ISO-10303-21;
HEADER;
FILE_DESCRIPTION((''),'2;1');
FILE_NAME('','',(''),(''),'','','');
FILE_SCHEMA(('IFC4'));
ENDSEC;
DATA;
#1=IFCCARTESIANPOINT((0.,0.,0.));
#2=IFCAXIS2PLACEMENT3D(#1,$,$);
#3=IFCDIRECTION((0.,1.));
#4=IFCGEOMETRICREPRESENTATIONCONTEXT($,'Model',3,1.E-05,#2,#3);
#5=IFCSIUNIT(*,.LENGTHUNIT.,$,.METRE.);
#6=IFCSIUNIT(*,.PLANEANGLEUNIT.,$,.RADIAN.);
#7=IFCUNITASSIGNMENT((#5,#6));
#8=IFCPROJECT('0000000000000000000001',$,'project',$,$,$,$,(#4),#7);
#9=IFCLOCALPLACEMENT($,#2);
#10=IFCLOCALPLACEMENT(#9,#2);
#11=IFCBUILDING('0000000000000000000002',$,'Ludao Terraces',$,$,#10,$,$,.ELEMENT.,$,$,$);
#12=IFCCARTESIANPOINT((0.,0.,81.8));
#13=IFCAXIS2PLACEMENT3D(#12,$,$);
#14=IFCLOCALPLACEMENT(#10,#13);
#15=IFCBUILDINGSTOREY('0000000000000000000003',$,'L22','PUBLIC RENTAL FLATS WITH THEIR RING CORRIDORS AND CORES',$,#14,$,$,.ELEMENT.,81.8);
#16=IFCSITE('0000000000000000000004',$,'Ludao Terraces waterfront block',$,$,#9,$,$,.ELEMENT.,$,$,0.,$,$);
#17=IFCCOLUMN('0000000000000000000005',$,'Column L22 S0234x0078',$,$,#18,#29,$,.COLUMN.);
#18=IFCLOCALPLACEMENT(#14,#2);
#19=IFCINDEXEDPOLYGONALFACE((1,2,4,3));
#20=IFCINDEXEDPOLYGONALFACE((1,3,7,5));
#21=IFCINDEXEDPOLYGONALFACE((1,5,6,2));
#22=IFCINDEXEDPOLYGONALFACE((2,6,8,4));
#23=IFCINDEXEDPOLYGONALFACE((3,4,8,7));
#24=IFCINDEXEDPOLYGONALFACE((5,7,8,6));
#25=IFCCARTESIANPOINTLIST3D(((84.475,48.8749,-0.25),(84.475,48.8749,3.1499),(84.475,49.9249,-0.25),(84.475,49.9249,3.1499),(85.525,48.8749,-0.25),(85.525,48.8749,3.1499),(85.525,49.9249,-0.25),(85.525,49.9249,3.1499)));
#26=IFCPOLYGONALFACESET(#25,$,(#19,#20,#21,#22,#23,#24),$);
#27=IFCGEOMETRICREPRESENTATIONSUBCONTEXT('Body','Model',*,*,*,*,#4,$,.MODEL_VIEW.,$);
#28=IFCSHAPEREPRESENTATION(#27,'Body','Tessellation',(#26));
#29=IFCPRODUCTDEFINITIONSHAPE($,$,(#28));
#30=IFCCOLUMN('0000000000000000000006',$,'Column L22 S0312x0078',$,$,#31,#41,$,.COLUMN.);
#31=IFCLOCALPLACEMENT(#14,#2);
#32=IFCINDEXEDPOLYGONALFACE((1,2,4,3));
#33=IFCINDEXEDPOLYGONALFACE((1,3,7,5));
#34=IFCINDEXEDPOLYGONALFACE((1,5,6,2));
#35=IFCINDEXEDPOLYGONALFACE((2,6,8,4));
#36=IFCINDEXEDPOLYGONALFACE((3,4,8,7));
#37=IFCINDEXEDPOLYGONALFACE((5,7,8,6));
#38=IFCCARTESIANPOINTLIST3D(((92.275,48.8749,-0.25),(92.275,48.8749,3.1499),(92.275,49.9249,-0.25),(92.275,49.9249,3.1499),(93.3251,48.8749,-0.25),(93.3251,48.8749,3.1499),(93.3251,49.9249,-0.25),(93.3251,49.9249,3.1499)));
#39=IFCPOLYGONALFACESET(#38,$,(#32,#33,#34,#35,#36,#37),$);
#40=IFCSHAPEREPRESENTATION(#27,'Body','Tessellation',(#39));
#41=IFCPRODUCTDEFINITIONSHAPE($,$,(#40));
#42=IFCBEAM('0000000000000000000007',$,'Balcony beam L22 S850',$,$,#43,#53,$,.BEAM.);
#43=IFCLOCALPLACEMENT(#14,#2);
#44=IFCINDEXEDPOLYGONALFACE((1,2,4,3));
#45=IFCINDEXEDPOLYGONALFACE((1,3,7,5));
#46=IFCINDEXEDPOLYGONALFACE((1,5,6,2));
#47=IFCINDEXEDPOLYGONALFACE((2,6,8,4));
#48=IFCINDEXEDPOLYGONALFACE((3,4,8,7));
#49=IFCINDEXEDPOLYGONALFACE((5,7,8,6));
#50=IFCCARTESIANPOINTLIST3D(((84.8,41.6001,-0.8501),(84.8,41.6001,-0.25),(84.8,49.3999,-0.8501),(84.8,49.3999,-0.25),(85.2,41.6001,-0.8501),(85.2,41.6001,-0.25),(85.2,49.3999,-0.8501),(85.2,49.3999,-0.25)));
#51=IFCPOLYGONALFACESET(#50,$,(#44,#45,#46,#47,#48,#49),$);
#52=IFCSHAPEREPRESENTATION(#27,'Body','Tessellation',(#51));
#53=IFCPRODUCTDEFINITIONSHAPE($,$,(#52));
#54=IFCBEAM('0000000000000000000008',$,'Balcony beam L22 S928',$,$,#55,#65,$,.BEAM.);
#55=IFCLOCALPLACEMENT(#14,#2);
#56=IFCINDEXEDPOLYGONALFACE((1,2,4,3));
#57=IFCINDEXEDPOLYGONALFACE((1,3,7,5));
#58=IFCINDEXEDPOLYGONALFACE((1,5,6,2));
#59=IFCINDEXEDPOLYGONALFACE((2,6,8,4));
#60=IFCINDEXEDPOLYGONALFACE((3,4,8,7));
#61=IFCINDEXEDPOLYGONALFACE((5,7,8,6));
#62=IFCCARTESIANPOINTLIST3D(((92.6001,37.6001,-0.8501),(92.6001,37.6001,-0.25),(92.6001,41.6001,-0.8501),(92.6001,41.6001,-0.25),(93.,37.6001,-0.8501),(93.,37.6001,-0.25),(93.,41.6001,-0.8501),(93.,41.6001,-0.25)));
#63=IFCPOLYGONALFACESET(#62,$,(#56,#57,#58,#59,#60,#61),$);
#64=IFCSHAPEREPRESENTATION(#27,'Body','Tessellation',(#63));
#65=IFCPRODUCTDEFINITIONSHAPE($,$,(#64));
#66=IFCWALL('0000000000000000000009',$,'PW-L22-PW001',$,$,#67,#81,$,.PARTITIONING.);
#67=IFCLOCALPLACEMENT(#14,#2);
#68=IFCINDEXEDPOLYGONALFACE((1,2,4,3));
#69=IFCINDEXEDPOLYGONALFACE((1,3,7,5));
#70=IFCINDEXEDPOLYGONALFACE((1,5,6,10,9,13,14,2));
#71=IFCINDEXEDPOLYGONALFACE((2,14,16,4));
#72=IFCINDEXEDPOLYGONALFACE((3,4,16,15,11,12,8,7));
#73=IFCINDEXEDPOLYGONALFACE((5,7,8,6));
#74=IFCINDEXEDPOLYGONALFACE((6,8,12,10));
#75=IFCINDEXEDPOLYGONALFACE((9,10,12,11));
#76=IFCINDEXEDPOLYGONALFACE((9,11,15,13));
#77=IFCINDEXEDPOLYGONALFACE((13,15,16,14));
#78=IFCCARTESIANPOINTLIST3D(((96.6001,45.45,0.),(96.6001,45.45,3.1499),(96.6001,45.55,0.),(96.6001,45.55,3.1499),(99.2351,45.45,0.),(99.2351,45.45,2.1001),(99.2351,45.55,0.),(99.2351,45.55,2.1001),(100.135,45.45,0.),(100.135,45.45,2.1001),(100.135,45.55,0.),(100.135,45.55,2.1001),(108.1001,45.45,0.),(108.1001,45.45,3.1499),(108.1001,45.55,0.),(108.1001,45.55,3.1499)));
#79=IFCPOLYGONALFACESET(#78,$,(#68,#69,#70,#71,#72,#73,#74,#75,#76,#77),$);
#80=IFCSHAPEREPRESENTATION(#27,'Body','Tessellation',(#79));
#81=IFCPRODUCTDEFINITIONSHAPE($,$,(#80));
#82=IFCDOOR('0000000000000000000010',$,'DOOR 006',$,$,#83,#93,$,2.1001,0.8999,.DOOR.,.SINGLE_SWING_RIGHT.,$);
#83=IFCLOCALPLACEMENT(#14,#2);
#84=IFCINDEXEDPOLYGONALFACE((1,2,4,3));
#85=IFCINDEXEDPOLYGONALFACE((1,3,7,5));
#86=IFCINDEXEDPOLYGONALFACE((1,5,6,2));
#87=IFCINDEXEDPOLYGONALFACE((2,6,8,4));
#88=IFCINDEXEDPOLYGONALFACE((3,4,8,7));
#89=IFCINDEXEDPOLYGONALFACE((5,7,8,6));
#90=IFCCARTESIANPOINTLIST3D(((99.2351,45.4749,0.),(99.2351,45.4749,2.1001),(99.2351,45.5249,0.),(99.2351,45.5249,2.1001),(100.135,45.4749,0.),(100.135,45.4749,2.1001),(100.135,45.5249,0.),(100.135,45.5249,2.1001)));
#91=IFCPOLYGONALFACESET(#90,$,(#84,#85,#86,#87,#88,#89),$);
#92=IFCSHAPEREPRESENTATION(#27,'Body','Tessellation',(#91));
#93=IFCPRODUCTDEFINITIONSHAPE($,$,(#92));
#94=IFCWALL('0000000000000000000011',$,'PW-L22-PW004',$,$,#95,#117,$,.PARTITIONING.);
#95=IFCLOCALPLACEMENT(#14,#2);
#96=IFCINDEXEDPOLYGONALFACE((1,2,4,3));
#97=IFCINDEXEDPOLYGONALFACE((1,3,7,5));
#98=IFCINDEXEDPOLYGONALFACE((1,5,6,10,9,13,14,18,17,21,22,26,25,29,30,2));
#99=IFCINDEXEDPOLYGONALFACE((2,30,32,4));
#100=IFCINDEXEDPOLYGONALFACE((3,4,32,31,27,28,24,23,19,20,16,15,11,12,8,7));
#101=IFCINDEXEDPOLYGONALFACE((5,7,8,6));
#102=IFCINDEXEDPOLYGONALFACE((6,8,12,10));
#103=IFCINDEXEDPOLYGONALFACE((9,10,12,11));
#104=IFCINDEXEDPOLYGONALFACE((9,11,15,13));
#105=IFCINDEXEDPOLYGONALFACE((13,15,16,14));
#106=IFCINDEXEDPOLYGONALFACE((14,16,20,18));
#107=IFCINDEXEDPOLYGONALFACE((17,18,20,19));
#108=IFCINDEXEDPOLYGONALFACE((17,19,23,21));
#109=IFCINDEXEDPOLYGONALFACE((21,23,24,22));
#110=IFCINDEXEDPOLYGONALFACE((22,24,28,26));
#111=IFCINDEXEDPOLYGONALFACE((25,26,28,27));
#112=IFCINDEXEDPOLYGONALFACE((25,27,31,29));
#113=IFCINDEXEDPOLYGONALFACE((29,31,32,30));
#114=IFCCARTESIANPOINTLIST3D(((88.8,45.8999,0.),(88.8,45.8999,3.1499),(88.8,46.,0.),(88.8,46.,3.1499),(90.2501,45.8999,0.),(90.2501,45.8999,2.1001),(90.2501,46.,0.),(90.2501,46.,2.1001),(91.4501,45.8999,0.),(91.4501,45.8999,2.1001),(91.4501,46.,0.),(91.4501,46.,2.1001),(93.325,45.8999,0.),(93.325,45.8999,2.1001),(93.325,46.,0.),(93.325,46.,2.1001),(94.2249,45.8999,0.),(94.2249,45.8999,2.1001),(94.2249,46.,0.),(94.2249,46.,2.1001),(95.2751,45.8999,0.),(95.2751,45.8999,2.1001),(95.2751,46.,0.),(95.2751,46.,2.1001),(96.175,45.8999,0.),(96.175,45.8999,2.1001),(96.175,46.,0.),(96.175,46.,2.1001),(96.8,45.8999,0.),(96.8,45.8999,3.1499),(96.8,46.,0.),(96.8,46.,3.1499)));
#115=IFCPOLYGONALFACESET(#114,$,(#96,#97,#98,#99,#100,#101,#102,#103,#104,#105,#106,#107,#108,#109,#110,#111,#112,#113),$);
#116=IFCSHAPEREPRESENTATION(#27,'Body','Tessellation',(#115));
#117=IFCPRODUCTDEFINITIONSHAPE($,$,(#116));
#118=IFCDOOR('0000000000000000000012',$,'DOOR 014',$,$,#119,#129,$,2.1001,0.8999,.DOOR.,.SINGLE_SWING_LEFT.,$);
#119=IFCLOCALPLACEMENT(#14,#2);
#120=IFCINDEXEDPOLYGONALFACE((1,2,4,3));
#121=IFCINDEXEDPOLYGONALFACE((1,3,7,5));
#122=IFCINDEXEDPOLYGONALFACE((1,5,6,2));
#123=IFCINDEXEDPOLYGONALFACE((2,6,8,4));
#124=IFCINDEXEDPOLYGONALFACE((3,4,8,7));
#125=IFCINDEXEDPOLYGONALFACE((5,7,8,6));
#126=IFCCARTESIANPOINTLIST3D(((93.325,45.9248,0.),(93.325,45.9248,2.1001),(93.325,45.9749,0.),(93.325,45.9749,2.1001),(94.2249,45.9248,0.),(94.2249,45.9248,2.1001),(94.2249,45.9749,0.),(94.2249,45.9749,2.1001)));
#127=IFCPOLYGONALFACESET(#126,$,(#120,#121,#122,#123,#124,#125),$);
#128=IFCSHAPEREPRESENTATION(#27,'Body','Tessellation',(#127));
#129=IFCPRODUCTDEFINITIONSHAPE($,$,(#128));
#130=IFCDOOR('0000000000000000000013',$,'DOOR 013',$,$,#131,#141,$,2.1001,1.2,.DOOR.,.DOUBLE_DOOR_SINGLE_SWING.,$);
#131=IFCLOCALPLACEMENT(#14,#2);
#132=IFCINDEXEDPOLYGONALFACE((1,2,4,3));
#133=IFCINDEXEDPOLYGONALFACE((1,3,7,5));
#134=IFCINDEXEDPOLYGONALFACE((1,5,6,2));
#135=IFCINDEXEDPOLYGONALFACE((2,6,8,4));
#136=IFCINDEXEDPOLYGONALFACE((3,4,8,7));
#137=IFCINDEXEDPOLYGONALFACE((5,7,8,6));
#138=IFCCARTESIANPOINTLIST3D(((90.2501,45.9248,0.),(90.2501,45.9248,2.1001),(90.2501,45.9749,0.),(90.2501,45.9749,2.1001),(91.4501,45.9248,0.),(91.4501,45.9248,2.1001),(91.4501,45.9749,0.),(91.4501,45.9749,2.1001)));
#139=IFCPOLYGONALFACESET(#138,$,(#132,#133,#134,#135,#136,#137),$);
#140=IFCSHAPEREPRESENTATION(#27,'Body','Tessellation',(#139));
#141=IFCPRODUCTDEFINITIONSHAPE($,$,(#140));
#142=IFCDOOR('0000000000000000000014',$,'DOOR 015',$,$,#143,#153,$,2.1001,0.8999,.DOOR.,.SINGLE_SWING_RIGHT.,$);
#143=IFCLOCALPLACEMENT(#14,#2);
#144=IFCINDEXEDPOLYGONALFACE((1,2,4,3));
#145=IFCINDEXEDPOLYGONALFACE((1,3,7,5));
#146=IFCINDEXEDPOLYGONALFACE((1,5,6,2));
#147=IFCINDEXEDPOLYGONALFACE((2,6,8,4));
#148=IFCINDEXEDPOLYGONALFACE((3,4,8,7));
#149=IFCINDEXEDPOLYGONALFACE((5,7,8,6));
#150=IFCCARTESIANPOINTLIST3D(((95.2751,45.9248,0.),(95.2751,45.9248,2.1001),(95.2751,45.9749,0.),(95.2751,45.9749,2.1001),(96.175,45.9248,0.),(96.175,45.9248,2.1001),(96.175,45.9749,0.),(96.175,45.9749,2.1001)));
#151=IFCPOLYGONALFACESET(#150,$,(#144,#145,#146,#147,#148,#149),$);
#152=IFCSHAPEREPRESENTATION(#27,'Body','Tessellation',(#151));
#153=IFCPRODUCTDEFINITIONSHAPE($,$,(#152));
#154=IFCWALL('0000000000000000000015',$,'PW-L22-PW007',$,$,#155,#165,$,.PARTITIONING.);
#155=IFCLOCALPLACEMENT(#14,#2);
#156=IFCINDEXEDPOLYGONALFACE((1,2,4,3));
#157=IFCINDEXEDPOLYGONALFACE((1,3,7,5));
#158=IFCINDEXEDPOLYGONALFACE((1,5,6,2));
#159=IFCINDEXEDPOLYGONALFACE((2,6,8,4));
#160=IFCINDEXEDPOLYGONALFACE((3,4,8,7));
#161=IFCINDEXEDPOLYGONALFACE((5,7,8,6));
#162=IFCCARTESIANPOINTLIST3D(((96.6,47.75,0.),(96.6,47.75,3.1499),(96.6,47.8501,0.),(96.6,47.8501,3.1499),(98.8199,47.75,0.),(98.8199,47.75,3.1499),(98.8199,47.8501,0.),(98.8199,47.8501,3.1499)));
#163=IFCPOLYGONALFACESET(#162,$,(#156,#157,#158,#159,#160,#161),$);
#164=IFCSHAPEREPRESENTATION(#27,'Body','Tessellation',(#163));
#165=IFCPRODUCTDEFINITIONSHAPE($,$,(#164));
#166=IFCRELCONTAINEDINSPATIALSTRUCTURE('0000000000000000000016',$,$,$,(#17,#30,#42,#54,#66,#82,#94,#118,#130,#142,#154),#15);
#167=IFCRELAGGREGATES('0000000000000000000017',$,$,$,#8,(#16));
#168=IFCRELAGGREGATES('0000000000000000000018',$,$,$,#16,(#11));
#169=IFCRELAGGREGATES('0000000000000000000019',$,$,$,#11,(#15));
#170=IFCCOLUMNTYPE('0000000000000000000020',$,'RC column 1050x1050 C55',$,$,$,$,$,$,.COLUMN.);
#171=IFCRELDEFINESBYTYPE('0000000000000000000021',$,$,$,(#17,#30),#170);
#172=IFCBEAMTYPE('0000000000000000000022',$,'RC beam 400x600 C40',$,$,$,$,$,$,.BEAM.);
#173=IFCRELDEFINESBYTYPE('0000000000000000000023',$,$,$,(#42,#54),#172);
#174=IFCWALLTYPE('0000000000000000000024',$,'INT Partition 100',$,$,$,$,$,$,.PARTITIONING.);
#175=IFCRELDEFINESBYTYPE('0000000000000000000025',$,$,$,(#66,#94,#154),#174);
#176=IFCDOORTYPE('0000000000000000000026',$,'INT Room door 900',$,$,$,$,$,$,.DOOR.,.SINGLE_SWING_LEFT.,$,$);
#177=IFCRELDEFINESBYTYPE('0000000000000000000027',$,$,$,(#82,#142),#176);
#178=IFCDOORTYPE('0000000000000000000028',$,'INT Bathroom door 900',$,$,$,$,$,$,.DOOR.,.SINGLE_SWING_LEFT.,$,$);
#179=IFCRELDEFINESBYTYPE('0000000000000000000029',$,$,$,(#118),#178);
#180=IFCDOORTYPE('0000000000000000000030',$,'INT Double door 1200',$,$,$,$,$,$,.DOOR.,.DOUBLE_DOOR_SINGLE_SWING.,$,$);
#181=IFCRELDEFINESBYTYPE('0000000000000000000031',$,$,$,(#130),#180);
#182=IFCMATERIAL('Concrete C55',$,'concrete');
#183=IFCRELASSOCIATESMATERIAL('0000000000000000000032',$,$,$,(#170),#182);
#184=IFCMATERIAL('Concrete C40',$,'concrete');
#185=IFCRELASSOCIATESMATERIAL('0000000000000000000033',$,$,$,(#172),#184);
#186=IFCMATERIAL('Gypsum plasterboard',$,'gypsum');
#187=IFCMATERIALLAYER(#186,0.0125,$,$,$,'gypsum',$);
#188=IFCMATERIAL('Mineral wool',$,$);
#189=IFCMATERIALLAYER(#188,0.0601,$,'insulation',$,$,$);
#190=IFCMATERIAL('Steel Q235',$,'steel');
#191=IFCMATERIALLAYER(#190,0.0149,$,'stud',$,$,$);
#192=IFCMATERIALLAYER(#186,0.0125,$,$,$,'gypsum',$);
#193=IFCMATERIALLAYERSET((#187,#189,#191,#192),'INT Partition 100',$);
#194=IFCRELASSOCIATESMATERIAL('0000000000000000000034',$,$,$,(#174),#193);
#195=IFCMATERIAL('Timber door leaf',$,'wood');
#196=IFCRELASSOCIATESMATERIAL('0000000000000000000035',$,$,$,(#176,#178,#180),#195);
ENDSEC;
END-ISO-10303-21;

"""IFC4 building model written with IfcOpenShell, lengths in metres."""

from ifc_helpers import new_model, si_unit, direction, frame, frame_2d, origin, origin_2d, place, context, subcontext, project, spatial, rectangle, extrude, material, layer, layer_set, material_profile, profile_set, type_object, element, fill, save


model = new_model("IFC4")

# Units and contexts
model_context = context("Model", 3, precision=1e-05, world=origin(), true_north=direction((0.0, 1.0)))
body_context = subcontext(model_context, "Body", "Model", "MODEL_VIEW")
ifc_project = project(units=[si_unit("LENGTHUNIT", "METRE"), si_unit("PLANEANGLEUNIT", "RADIAN")], contexts=[model_context])

# Site, building, storey
site_placement = place(None, origin())
site = spatial("IfcSite", under=ifc_project, at=site_placement, Name="Ludao Terraces waterfront block", CompositionType="ELEMENT", RefElevation=0.0)
building_placement = place(site_placement, origin())
building = spatial("IfcBuilding", under=site, at=building_placement, Name="Ludao Terraces", CompositionType="ELEMENT")
storey_placement = place(building_placement, frame((0.0, 0.0, 81.8)))
storey = spatial("IfcBuildingStorey", under=building, at=storey_placement, Name="L22", Description="PUBLIC RENTAL FLATS WITH THEIR RING CORRIDORS AND CORES", CompositionType="ELEMENT", Elevation=81.8)

# Columns
ifc_material_1 = material(Name="Concrete C55", Category="concrete")
ifc_material_profile_1 = material_profile(ifc_material_1, rectangle(XDim=1.05, YDim=1.05, at=origin_2d()), Name="1050 X 1050")
ifc_profile_set_1 = profile_set([ifc_material_profile_1], Name="Concrete C55")
column_type = type_object("IfcColumnType", Name="RC column 1050x1050 C55", PredefinedType="COLUMN", material=ifc_profile_set_1)
for number, where, z_axis, x_axis, name in (
    (1, (85.0, 49.3999, -0.25), (0.0, 0.0, 1.0), (1.0, 0.0, 0.0), "Column L22 S0234x0078"),
    (2, (92.8, 49.3999, -0.25), (0.0, 0.0, 1.0), (1.0, 0.0, 0.0), "Column L22 S0312x0078"),
):
    element("IfcColumn", number, at=place(storey_placement, frame(where, z_axis=z_axis, x_axis=x_axis)), inside=storey, type_object=column_type, Name=name, PredefinedType="COLUMN", context=body_context, shape_type="SweptSolid", body=[
        extrude(rectangle(XDim=1.05, YDim=1.05, at=origin_2d()), origin(), (0.0, 0.0, 1.0), 3.3999),
    ])

# Beams
ifc_material_2 = material(Name="Concrete C40", Category="concrete")
ifc_material_profile_2 = material_profile(ifc_material_2, rectangle(XDim=0.3999, YDim=0.6001, at=origin_2d()), Name="400 X 600")
ifc_profile_set_2 = profile_set([ifc_material_profile_2], Name="Concrete C40")
beam_type = type_object("IfcBeamType", Name="RC beam 400x600 C40", PredefinedType="BEAM", material=ifc_profile_set_2)
beam_1_placement = place(storey_placement, frame((85.0, 49.3999, -0.55), z_axis=(0.0, -1.0, 0.0), x_axis=(1.0, 0.0, 0.0)))
element("IfcBeam", 3, at=beam_1_placement, inside=storey, type_object=beam_type, Name="Balcony beam L22 S850", PredefinedType="BEAM", context=body_context, shape_type="SweptSolid", body=[
    extrude(rectangle(XDim=0.3999, YDim=0.6001, at=origin_2d()), origin(), (0.0, 0.0, 1.0), 7.7998),
])
beam_2_placement = place(storey_placement, frame((92.8, 41.6001, -0.55), z_axis=(0.0, -1.0, 0.0), x_axis=(1.0, 0.0, 0.0)))
element("IfcBeam", 4, at=beam_2_placement, inside=storey, type_object=beam_type, Name="Balcony beam L22 S928", PredefinedType="BEAM", context=body_context, shape_type="SweptSolid", body=[
    extrude(rectangle(XDim=0.3999, YDim=0.6001, at=origin_2d()), origin(), (0.0, 0.0, 1.0), 4.0),
])

# Shared definitions
ifc_material_3 = material(Name="Mineral wool")

# Wall, opening, door
ifc_material_4 = material(Name="Gypsum plasterboard", Category="gypsum")
ifc_layer_1 = layer(ifc_material_4, 0.0125, Category="gypsum")
ifc_layer_2 = layer(ifc_material_3, 0.0601, Name="insulation")
ifc_material_5 = material(Name="Steel Q235", Category="steel")
ifc_layer_3 = layer(ifc_material_5, 0.0149, Name="stud")
ifc_layer_4 = layer(ifc_material_4, 0.0125, Category="gypsum")
ifc_layer_set_1 = layer_set([ifc_layer_1, ifc_layer_2, ifc_layer_3, ifc_layer_4], Name="INT Partition 100")
wall_type_1 = type_object("IfcWallType", Name="INT Partition 100", PredefinedType="PARTITIONING", material=ifc_layer_set_1)
wall_1_placement = place(storey_placement, frame((96.6001, 45.5, 0.0), z_axis=(0.0, 0.0, 1.0), x_axis=(1.0, 0.0, 0.0)))
wall_1 = element("IfcWall", 5, at=wall_1_placement, inside=storey, type_object=wall_type_1, Name="PW-L22-PW001", PredefinedType="PARTITIONING", context=body_context, shape_type="SweptSolid", body=[
    extrude(rectangle(XDim=11.5, YDim=0.1001, at=frame_2d((5.75, 0.0))), origin(), (0.0, 0.0, 1.0), 3.1499),
])
opening_1_placement = place(wall_1_placement, frame((2.635, 0.0, 0.0)))
opening_1 = element("IfcOpeningElement", 6, at=opening_1_placement, cuts=wall_1, PredefinedType="OPENING", context=body_context, shape_type="SweptSolid", body=[
    extrude(rectangle(XDim=0.8999, YDim=2.1001, at=frame_2d((0.45, 1.05))), frame((0.0, 0.0601, 0.0), z_axis=(0.0, -1.0, 0.0), x_axis=(1.0, 0.0, 0.0)), (0.0, 0.0, 1.0), 0.1201),
])
ifc_material_6 = material(Name="Timber door leaf", Category="wood")
door_type_1 = type_object("IfcDoorType", Name="INT Room door 900", OperationType="SINGLE_SWING_LEFT", PredefinedType="DOOR", material=ifc_material_6)
door_1_placement = place(opening_1_placement, origin())
door_1 = element("IfcDoor", 7, at=door_1_placement, inside=storey, type_object=door_type_1, Name="DOOR 006", OperationType="SINGLE_SWING_RIGHT", OverallHeight=2.1001, OverallWidth=0.8999, PredefinedType="DOOR", context=body_context, shape_type="SweptSolid", body=[
    extrude(rectangle(XDim=0.8999, YDim=2.1001, at=frame_2d((0.45, 1.05))), frame((0.0, 0.0249, 0.0), z_axis=(0.0, -1.0, 0.0), x_axis=(1.0, 0.0, 0.0)), (0.0, 0.0, 1.0), 0.05),
])
fill(opening_1, door_1)

# Wall, openings, doors
wall_2_placement = place(storey_placement, frame((88.8, 45.95, 0.0), z_axis=(0.0, 0.0, 1.0), x_axis=(1.0, 0.0, 0.0)))
wall_2 = element("IfcWall", 8, at=wall_2_placement, inside=storey, type_object=wall_type_1, Name="PW-L22-PW004", PredefinedType="PARTITIONING", context=body_context, shape_type="SweptSolid", body=[
    extrude(rectangle(XDim=8.0, YDim=0.1001, at=frame_2d((4.0, 0.0))), origin(), (0.0, 0.0, 1.0), 3.1499),
])
opening_2_placement = place(wall_2_placement, frame((1.45, 0.0, 0.0)))
opening_2 = element("IfcOpeningElement", 9, at=opening_2_placement, cuts=wall_2, PredefinedType="OPENING", context=body_context, shape_type="SweptSolid", body=[
    extrude(rectangle(XDim=1.2, YDim=2.1001, at=frame_2d((0.6001, 1.05))), frame((0.0, 0.0601, 0.0), z_axis=(0.0, -1.0, 0.0), x_axis=(1.0, 0.0, 0.0)), (0.0, 0.0, 1.0), 0.1201),
])
opening_3_placement = place(wall_2_placement, frame((4.5249, 0.0, 0.0)))
opening_3 = element("IfcOpeningElement", 10, at=opening_3_placement, cuts=wall_2, PredefinedType="OPENING", context=body_context, shape_type="SweptSolid", body=[
    extrude(rectangle(XDim=0.8999, YDim=2.1001, at=frame_2d((0.45, 1.05))), frame((0.0, 0.0601, 0.0), z_axis=(0.0, -1.0, 0.0), x_axis=(1.0, 0.0, 0.0)), (0.0, 0.0, 1.0), 0.1201),
])
opening_4_placement = place(wall_2_placement, frame((6.4751, 0.0, 0.0)))
opening_4 = element("IfcOpeningElement", 11, at=opening_4_placement, cuts=wall_2, PredefinedType="OPENING", context=body_context, shape_type="SweptSolid", body=[
    extrude(rectangle(XDim=0.8999, YDim=2.1001, at=frame_2d((0.45, 1.05))), frame((0.0, 0.0601, 0.0), z_axis=(0.0, -1.0, 0.0), x_axis=(1.0, 0.0, 0.0)), (0.0, 0.0, 1.0), 0.1201),
])
door_type_2 = type_object("IfcDoorType", Name="INT Bathroom door 900", OperationType="SINGLE_SWING_LEFT", PredefinedType="DOOR", material=ifc_material_6)
door_2_placement = place(opening_3_placement, origin())
door_2 = element("IfcDoor", 12, at=door_2_placement, inside=storey, type_object=door_type_2, Name="DOOR 014", OperationType="SINGLE_SWING_LEFT", OverallHeight=2.1001, OverallWidth=0.8999, PredefinedType="DOOR", context=body_context, shape_type="SweptSolid", body=[
    extrude(rectangle(XDim=0.8999, YDim=2.1001, at=frame_2d((0.45, 1.05))), frame((0.0, 0.0249, 0.0), z_axis=(0.0, -1.0, 0.0), x_axis=(1.0, 0.0, 0.0)), (0.0, 0.0, 1.0), 0.05),
])
fill(opening_3, door_2)
door_type_3 = type_object("IfcDoorType", Name="INT Double door 1200", OperationType="DOUBLE_DOOR_SINGLE_SWING", PredefinedType="DOOR", material=ifc_material_6)
door_3_placement = place(opening_2_placement, origin())
door_3 = element("IfcDoor", 13, at=door_3_placement, inside=storey, type_object=door_type_3, Name="DOOR 013", OperationType="DOUBLE_DOOR_SINGLE_SWING", OverallHeight=2.1001, OverallWidth=1.2, PredefinedType="DOOR", context=body_context, shape_type="SweptSolid", body=[
    extrude(rectangle(XDim=1.2, YDim=2.1001, at=frame_2d((0.6001, 1.05))), frame((0.0, 0.0249, 0.0), z_axis=(0.0, -1.0, 0.0), x_axis=(1.0, 0.0, 0.0)), (0.0, 0.0, 1.0), 0.05),
])
fill(opening_2, door_3)
door_4_placement = place(opening_4_placement, origin())
door_4 = element("IfcDoor", 14, at=door_4_placement, inside=storey, type_object=door_type_1, Name="DOOR 015", OperationType="SINGLE_SWING_RIGHT", OverallHeight=2.1001, OverallWidth=0.8999, PredefinedType="DOOR", context=body_context, shape_type="SweptSolid", body=[
    extrude(rectangle(XDim=0.8999, YDim=2.1001, at=frame_2d((0.45, 1.05))), frame((0.0, 0.0249, 0.0), z_axis=(0.0, -1.0, 0.0), x_axis=(1.0, 0.0, 0.0)), (0.0, 0.0, 1.0), 0.05),
])
fill(opening_4, door_4)

# Wall
wall_3_placement = place(storey_placement, frame((96.6001, 47.8, 0.0), z_axis=(0.0, 0.0, 1.0), x_axis=(1.0, 0.0, 0.0)))
element("IfcWall", 15, at=wall_3_placement, inside=storey, type_object=wall_type_1, Name="PW-L22-PW007", PredefinedType="PARTITIONING", context=body_context, shape_type="SweptSolid", body=[
    extrude(rectangle(XDim=2.22, YDim=0.1001, at=frame_2d((1.1099, 0.0))), origin(), (0.0, 0.0, 1.0), 3.1499),
])

save(model, "model.ifc")
